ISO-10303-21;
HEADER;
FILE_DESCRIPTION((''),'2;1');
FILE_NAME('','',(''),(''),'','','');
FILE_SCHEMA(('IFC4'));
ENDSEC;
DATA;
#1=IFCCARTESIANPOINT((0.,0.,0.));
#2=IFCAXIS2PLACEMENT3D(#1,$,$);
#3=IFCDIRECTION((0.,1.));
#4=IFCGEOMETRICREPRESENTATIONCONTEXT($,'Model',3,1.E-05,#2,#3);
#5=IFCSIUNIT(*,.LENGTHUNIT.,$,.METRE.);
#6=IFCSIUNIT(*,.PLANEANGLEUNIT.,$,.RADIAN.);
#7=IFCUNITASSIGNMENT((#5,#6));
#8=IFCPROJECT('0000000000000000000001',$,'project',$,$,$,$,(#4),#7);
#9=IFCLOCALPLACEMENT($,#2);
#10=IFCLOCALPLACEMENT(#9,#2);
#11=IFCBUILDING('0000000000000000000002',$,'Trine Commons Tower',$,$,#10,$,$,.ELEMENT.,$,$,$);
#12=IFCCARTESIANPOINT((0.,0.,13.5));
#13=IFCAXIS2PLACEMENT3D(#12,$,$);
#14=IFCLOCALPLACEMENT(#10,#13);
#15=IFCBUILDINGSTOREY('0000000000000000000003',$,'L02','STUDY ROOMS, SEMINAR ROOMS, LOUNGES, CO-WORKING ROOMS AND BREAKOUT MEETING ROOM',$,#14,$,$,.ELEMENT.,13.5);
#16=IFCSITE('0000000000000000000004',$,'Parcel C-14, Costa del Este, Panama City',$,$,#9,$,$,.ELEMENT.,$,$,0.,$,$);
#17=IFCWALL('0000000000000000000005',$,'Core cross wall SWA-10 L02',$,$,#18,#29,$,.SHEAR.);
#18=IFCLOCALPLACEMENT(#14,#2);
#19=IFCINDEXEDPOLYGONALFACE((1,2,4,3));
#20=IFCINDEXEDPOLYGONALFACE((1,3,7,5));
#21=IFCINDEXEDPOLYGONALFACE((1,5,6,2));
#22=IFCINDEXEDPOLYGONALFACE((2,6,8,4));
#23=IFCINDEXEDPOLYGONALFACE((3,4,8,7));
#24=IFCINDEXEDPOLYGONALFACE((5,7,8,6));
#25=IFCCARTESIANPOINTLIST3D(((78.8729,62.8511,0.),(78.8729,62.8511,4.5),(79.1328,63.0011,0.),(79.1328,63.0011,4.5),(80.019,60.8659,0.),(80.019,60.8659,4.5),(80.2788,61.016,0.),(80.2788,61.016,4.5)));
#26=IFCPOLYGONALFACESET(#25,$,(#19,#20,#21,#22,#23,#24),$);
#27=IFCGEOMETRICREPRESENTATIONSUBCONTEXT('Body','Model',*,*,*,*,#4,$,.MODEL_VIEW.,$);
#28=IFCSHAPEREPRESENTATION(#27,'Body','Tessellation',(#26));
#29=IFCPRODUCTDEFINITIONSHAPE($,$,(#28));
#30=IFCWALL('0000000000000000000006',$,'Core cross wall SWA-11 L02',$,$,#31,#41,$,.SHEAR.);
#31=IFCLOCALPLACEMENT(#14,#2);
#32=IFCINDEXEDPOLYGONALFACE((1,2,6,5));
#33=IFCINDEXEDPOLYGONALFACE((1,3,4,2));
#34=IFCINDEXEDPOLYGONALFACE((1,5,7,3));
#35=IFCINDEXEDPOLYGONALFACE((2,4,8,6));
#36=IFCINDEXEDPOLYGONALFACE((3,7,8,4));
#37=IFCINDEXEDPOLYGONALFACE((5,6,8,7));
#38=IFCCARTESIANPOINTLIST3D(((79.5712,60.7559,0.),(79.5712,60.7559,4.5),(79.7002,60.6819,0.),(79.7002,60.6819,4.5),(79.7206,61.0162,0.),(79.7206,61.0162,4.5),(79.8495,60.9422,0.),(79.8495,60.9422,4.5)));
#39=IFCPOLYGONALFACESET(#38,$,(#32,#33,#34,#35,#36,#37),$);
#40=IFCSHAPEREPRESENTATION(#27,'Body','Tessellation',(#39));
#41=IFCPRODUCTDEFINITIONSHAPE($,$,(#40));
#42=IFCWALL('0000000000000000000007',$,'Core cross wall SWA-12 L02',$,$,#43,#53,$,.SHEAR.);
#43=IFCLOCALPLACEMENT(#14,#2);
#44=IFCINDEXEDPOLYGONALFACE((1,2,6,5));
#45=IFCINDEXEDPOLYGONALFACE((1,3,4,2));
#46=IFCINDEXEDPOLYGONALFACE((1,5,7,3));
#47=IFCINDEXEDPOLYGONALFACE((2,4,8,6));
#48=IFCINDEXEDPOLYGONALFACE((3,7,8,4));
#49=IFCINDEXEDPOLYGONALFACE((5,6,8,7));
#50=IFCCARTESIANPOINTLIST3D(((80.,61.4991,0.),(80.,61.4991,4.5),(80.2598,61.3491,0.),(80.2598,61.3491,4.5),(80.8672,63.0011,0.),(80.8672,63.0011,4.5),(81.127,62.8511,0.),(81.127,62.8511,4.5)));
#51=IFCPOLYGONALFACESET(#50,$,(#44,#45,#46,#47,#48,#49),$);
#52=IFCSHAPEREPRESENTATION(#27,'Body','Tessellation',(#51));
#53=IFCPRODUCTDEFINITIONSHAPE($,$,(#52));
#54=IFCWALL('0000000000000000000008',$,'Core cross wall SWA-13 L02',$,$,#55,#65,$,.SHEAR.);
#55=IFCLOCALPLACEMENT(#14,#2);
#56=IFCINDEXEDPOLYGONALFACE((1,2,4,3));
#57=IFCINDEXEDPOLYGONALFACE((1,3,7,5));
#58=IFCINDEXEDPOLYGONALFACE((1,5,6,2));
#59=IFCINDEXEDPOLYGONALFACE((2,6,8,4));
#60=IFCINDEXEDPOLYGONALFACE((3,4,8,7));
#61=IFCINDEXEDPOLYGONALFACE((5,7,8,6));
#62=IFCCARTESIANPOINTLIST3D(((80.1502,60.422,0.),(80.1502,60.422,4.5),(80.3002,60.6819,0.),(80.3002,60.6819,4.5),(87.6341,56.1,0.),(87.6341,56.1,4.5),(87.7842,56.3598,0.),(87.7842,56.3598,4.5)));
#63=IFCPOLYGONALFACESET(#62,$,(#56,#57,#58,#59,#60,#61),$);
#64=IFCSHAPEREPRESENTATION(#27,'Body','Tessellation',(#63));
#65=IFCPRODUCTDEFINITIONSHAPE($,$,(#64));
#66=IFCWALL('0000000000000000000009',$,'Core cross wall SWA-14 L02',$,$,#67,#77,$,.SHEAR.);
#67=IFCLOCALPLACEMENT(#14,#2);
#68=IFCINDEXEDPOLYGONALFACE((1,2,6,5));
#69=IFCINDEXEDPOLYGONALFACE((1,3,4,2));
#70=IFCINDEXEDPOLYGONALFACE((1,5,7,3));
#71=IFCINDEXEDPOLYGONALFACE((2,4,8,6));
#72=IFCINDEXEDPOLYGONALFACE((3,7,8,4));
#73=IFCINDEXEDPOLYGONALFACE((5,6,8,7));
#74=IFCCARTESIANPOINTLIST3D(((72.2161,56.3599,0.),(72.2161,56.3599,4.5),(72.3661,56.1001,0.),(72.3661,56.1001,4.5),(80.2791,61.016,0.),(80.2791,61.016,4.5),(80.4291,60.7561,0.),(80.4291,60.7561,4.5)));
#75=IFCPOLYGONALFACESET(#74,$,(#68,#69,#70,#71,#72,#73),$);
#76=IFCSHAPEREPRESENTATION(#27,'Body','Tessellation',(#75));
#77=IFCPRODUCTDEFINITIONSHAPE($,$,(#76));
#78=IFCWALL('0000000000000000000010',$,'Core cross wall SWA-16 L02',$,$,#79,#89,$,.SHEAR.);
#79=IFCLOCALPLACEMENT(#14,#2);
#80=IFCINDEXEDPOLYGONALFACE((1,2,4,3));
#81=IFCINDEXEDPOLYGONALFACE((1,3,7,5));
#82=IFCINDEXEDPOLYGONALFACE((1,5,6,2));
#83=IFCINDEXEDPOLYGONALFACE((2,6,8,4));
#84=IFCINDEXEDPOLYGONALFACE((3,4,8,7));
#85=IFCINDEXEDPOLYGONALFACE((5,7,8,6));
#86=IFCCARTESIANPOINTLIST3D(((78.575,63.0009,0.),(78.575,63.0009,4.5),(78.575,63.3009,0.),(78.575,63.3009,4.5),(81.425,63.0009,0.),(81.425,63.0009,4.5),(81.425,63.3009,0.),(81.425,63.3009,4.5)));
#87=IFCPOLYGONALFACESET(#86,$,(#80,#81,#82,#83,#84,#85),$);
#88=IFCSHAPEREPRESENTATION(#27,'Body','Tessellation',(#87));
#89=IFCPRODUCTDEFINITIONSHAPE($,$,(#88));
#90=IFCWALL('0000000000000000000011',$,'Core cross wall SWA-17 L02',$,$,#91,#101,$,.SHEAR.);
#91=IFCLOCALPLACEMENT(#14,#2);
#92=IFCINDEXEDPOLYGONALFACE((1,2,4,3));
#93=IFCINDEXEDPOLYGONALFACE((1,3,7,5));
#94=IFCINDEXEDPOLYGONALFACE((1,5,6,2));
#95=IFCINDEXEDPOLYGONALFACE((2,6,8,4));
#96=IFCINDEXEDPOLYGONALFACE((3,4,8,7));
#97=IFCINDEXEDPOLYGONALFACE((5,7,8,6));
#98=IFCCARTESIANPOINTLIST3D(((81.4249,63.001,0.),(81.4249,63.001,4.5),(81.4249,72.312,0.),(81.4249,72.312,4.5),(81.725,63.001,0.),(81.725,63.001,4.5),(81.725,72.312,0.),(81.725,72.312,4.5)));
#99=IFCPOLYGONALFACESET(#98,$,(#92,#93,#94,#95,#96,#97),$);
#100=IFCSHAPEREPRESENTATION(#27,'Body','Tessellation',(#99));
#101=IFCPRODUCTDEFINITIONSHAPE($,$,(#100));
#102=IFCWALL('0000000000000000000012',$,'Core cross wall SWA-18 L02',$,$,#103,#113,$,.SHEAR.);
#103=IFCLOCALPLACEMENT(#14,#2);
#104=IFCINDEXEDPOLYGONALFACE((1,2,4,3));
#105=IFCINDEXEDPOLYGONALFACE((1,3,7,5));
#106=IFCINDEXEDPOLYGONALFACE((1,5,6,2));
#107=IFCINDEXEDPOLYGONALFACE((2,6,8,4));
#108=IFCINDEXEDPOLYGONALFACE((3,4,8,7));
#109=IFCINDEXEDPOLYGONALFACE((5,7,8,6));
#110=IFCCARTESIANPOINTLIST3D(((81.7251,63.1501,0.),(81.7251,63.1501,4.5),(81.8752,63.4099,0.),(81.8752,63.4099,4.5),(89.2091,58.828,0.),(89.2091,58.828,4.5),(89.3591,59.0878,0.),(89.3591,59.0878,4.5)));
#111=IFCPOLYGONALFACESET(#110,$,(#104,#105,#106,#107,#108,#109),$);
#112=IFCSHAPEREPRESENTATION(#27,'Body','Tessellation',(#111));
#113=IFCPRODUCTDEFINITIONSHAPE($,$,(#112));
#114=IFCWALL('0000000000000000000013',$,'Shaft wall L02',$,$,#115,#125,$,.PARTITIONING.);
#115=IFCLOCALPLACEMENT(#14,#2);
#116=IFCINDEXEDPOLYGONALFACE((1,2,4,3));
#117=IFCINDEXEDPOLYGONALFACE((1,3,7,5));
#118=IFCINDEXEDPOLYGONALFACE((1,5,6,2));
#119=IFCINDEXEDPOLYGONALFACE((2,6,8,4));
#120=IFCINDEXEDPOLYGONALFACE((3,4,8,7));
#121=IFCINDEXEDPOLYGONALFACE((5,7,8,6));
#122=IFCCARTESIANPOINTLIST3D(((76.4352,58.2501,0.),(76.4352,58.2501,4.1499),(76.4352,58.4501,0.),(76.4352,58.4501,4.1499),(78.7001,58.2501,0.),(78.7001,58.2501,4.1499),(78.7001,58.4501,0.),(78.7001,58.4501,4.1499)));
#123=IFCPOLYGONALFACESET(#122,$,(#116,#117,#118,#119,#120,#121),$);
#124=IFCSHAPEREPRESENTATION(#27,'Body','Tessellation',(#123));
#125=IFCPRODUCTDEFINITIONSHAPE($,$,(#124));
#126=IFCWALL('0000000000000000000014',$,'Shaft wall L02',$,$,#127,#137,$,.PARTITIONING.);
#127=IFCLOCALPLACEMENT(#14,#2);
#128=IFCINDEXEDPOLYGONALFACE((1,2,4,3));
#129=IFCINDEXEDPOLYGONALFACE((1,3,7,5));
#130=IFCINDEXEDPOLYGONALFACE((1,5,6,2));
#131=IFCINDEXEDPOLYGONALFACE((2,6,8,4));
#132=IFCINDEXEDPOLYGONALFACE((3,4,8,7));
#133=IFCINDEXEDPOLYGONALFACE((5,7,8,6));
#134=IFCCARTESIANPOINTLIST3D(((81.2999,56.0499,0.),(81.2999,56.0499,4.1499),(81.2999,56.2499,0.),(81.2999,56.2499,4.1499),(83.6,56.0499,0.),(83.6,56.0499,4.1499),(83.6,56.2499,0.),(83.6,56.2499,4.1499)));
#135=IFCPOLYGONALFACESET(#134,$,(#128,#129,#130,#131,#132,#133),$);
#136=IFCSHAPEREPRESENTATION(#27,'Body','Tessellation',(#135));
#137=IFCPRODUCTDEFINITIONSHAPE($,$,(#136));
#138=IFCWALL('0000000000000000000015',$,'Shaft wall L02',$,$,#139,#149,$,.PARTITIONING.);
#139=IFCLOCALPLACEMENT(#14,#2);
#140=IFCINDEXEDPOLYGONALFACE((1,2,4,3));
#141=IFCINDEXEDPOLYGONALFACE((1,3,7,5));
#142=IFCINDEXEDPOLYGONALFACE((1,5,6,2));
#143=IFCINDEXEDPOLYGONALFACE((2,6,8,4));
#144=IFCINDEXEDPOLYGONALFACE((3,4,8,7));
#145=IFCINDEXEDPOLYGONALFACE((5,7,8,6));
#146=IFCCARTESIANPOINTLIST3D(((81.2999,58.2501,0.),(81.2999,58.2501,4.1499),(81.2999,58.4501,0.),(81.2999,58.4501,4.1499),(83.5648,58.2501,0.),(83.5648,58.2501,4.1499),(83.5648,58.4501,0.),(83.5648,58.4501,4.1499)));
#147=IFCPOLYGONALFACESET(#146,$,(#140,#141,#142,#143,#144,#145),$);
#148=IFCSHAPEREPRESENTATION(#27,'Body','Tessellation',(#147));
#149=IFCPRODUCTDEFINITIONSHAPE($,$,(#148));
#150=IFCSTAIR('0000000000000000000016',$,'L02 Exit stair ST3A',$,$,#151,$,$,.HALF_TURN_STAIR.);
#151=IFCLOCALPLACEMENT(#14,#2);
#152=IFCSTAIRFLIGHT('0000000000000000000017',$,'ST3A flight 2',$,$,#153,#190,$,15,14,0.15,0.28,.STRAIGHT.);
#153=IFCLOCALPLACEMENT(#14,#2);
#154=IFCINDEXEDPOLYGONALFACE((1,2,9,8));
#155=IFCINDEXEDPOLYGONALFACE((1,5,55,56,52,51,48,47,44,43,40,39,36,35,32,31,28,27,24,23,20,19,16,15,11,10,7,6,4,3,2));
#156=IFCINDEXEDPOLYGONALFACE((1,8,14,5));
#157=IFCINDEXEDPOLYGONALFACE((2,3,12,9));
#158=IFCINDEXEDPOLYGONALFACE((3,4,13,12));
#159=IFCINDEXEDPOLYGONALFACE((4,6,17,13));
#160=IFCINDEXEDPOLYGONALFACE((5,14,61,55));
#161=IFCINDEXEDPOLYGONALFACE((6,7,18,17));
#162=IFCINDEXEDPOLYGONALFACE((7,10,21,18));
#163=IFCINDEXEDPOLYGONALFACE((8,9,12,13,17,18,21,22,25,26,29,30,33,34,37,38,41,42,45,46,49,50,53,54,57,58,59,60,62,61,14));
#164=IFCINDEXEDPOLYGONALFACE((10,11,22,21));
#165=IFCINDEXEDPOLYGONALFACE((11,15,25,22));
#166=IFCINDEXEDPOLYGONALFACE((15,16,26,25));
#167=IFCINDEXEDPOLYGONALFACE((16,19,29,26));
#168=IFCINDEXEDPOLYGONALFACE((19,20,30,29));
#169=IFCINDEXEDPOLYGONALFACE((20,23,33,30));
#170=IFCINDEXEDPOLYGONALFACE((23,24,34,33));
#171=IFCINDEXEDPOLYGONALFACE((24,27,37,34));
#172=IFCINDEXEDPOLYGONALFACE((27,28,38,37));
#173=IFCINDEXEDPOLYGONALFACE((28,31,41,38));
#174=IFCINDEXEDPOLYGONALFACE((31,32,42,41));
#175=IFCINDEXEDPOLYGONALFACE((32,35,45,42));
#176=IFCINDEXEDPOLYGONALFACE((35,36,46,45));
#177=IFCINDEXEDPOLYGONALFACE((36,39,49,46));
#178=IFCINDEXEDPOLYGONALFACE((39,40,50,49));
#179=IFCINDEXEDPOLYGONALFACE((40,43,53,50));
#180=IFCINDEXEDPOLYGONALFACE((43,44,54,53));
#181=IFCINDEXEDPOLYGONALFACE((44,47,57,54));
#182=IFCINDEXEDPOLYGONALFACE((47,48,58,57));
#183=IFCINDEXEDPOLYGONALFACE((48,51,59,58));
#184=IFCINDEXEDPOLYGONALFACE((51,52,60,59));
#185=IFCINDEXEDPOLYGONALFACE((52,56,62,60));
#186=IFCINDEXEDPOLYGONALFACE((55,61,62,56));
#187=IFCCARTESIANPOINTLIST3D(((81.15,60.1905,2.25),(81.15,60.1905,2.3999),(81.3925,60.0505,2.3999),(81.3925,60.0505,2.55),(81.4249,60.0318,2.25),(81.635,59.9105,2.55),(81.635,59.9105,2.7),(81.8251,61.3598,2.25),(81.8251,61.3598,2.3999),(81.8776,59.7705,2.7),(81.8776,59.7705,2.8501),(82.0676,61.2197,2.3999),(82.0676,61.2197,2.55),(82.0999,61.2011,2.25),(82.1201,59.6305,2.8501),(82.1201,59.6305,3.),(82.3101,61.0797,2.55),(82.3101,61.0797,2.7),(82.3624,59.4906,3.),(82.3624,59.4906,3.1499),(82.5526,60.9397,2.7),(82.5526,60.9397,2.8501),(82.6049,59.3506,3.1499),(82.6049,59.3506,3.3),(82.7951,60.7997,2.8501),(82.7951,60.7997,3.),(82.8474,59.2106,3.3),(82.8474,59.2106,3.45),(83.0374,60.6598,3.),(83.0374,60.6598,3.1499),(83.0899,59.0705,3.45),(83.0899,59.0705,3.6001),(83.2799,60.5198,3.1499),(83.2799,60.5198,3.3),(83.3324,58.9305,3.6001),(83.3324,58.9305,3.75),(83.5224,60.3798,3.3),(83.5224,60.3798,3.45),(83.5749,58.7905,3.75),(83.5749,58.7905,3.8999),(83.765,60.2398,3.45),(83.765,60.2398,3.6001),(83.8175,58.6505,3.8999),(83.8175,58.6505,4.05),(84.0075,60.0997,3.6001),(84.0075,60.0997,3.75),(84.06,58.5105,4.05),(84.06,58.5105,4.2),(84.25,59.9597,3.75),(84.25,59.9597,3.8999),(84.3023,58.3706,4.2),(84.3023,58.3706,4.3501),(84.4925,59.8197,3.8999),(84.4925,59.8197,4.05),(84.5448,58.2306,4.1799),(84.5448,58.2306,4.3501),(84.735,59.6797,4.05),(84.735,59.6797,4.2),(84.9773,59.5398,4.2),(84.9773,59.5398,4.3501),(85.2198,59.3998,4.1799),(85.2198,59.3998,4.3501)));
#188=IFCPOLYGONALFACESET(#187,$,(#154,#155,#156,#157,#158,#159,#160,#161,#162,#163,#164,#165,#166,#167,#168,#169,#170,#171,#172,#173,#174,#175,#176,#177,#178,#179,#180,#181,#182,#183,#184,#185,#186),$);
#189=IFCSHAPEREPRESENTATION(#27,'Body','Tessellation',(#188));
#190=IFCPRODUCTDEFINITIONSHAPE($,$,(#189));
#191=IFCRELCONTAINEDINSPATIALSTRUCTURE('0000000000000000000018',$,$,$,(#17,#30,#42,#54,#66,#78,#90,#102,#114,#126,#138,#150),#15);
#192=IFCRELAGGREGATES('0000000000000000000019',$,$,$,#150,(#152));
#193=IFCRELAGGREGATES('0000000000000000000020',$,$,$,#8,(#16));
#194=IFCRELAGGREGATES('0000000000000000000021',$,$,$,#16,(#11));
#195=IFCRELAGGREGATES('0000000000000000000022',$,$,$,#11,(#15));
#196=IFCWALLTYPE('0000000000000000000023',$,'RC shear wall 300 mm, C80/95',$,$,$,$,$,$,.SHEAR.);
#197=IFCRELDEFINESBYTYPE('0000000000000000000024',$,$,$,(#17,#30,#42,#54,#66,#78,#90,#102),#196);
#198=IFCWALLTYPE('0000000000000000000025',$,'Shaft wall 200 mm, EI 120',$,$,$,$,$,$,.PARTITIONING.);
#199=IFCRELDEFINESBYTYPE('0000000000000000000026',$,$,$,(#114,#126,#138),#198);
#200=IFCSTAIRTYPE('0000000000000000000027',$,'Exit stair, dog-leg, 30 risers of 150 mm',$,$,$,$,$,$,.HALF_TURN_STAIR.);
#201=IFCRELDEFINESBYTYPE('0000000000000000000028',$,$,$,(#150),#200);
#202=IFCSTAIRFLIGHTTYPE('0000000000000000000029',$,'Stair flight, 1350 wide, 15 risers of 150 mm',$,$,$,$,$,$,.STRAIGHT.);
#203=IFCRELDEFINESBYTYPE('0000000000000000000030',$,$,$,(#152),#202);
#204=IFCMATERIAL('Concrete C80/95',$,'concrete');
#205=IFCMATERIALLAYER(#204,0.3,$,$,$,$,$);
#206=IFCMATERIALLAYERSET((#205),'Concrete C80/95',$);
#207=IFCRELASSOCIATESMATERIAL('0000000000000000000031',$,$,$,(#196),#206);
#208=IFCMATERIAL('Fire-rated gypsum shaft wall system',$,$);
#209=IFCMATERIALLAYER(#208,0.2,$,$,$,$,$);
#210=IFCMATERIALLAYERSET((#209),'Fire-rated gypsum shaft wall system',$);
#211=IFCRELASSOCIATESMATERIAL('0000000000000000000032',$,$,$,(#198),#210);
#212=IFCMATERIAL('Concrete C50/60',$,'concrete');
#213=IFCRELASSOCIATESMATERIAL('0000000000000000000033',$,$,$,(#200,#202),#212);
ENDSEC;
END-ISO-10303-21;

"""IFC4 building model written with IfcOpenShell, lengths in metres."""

from ifc_helpers import new_model, si_unit, direction, frame, frame_2d, origin, place, context, subcontext, project, spatial, polyline, rectangle, outline, extrude, material, layer, layer_set, type_object, element, aggregate, save


model = new_model("IFC4")

# Units and contexts
model_context = context("Model", 3, precision=1e-05, world=origin(), true_north=direction((0.0, 1.0)))
body_context = subcontext(model_context, "Body", "Model", "MODEL_VIEW")
ifc_project = project(units=[si_unit("LENGTHUNIT", "METRE"), si_unit("PLANEANGLEUNIT", "RADIAN")], contexts=[model_context])

# Site, building, storey
site_placement = place(None, origin())
site = spatial("IfcSite", under=ifc_project, at=site_placement, Name="Parcel C-14, Costa del Este, Panama City", CompositionType="ELEMENT", RefElevation=0.0)
building_placement = place(site_placement, origin())
building = spatial("IfcBuilding", under=site, at=building_placement, Name="Trine Commons Tower", CompositionType="ELEMENT")
storey_placement = place(building_placement, frame((0.0, 0.0, 13.5)))
storey = spatial("IfcBuildingStorey", under=building, at=storey_placement, Name="L02", Description="STUDY ROOMS, SEMINAR ROOMS, LOUNGES, CO-WORKING ROOMS AND BREAKOUT MEETING ROOM", CompositionType="ELEMENT", Elevation=13.5)

# Shared definitions
ifc_material_1 = material(Name="Fire-rated gypsum shaft wall system")

# Shared definitions
ifc_material_2 = material(Name="Concrete C80/95", Category="concrete")
ifc_layer_1 = layer(ifc_material_2, 0.3)
ifc_layer_set_1 = layer_set([ifc_layer_1], Name="Concrete C80/95")
wall_type_1 = type_object("IfcWallType", Name="RC shear wall 300 mm, C80/95", PredefinedType="SHEAR", material=ifc_layer_set_1)

# Walls
wall_1_placement = place(storey_placement, frame((79.0029, 62.926, 0.0), z_axis=(0.0, 0.0, 1.0), x_axis=(0.499965, -0.866045, 0.0)))
element("IfcWall", 1, at=wall_1_placement, inside=storey, type_object=wall_type_1, Name="Core cross wall SWA-10 L02", PredefinedType="SHEAR", context=body_context, shape_type="SweptSolid", body=[
    extrude(rectangle(XDim=2.2922, YDim=0.3, at=frame_2d((1.146, 0.0))), origin(), (0.0, 0.0, 1.0), 4.5),
])
wall_2_placement = place(storey_placement, frame((79.646, 60.886, 0.0), z_axis=(0.0, 0.0, 1.0), x_axis=(0.867332, -0.49773, 0.0)))
element("IfcWall", 2, at=wall_2_placement, inside=storey, type_object=wall_type_1, Name="Core cross wall SWA-11 L02", PredefinedType="SHEAR", context=body_context, shape_type="SweptSolid", body=[
    extrude(rectangle(XDim=0.1487, YDim=0.3, at=frame_2d((0.0742, 0.0))), origin(), (0.0, 0.0, 1.0), 4.5),
])
wall_3_placement = place(storey_placement, frame((80.1299, 61.4241, 0.0), z_axis=(0.0, 0.0, 1.0), x_axis=(0.500015, 0.866017, 0.0)))
element("IfcWall", 3, at=wall_3_placement, inside=storey, type_object=wall_type_1, Name="Core cross wall SWA-12 L02", PredefinedType="SHEAR", context=body_context, shape_type="SweptSolid", body=[
    extrude(rectangle(XDim=1.7344, YDim=0.3, at=frame_2d((0.8672, 0.0))), origin(), (0.0, 0.0, 1.0), 4.5),
])
wall_4_placement = place(storey_placement, frame((80.2251, 60.552, 0.0), z_axis=(0.0, 0.0, 1.0), x_axis=(0.865965, -0.500104, 0.0)))
element("IfcWall", 4, at=wall_4_placement, inside=storey, type_object=wall_type_1, Name="Core cross wall SWA-13 L02", PredefinedType="SHEAR", context=body_context, shape_type="SweptSolid", body=[
    extrude(rectangle(XDim=8.6423, YDim=0.3, at=frame_2d((4.3213, 0.0))), origin(), (0.0, 0.0, 1.0), 4.5),
])
wall_5_placement = place(storey_placement, frame((80.354, 60.886, 0.0), z_axis=(0.0, 0.0, 1.0), x_axis=(-0.865986, -0.500067, 0.0)))
element("IfcWall", 5, at=wall_5_placement, inside=storey, type_object=wall_type_1, Name="Core cross wall SWA-14 L02", PredefinedType="SHEAR", context=body_context, shape_type="SweptSolid", body=[
    extrude(rectangle(XDim=9.3108, YDim=0.3, at=frame_2d((4.6553, 0.0))), origin(), (0.0, 0.0, 1.0), 4.5),
])
wall_6_placement = place(storey_placement, frame((81.425, 63.1509, 0.0), z_axis=(0.0, 0.0, 1.0), x_axis=(-1.0, 0.0, 0.0)))
element("IfcWall", 6, at=wall_6_placement, inside=storey, type_object=wall_type_1, Name="Core cross wall SWA-16 L02", PredefinedType="SHEAR", context=body_context, shape_type="SweptSolid", body=[
    extrude(rectangle(XDim=2.8501, YDim=0.3, at=frame_2d((1.425, 0.0))), origin(), (0.0, 0.0, 1.0), 4.5),
])
wall_7_placement = place(storey_placement, frame((81.575, 63.001, 0.0), z_axis=(0.0, 0.0, 1.0), x_axis=(0.0, 1.0, 0.0)))
element("IfcWall", 7, at=wall_7_placement, inside=storey, type_object=wall_type_1, Name="Core cross wall SWA-17 L02", PredefinedType="SHEAR", context=body_context, shape_type="SweptSolid", body=[
    extrude(rectangle(XDim=9.311, YDim=0.3, at=frame_2d((4.6555, 0.0))), origin(), (0.0, 0.0, 1.0), 4.5),
])
wall_8_placement = place(storey_placement, frame((81.8, 63.28, 0.0), z_axis=(0.0, 0.0, 1.0), x_axis=(0.865965, -0.500104, 0.0)))
element("IfcWall", 8, at=wall_8_placement, inside=storey, type_object=wall_type_1, Name="Core cross wall SWA-18 L02", PredefinedType="SHEAR", context=body_context, shape_type="SweptSolid", body=[
    extrude(rectangle(XDim=8.6423, YDim=0.3, at=frame_2d((4.3213, 0.0))), origin(), (0.0, 0.0, 1.0), 4.5),
])
ifc_layer_2 = layer(ifc_material_1, 0.2)
ifc_layer_set_2 = layer_set([ifc_layer_2], Name="Fire-rated gypsum shaft wall system")
wall_type_2 = type_object("IfcWallType", Name="Shaft wall 200 mm, EI 120", PredefinedType="PARTITIONING", material=ifc_layer_set_2)
wall_9_placement = place(storey_placement, frame((78.7, 58.3501, 0.0), z_axis=(0.0, 0.0, 1.0), x_axis=(-1.0, 0.0, 0.0)))
element("IfcWall", 9, at=wall_9_placement, inside=storey, type_object=wall_type_2, Name="Shaft wall L02", PredefinedType="PARTITIONING", context=body_context, shape_type="SweptSolid", body=[
    extrude(rectangle(XDim=2.2649, YDim=0.2, at=frame_2d((1.1323, 0.0))), origin(), (0.0, 0.0, 1.0), 4.1499),
])
wall_10_placement = place(storey_placement, frame((81.3, 56.1499, 0.0), z_axis=(0.0, 0.0, 1.0), x_axis=(1.0, 0.0, 0.0)))
element("IfcWall", 10, at=wall_10_placement, inside=storey, type_object=wall_type_2, Name="Shaft wall L02", PredefinedType="PARTITIONING", context=body_context, shape_type="SweptSolid", body=[
    extrude(rectangle(XDim=2.3, YDim=0.2, at=frame_2d((1.1499, 0.0))), origin(), (0.0, 0.0, 1.0), 4.1499),
])
wall_11_placement = place(storey_placement, frame((81.3, 58.3501, 0.0), z_axis=(0.0, 0.0, 1.0), x_axis=(1.0, 0.0, 0.0)))
element("IfcWall", 11, at=wall_11_placement, inside=storey, type_object=wall_type_2, Name="Shaft wall L02", PredefinedType="PARTITIONING", context=body_context, shape_type="SweptSolid", body=[
    extrude(rectangle(XDim=2.2649, YDim=0.2, at=frame_2d((1.1323, 0.0))), origin(), (0.0, 0.0, 1.0), 4.1499),
])

# Stair, stair flight
ifc_material_3 = material(Name="Concrete C50/60", Category="concrete")
stair_type = type_object("IfcStairType", Name="Exit stair, dog-leg, 30 risers of 150 mm", PredefinedType="HALF_TURN_STAIR", material=ifc_material_3)
stair_placement = place(storey_placement, origin())
stair = element("IfcStair", 12, at=stair_placement, inside=storey, type_object=stair_type, Name="L02 Exit stair ST3A", PredefinedType="HALF_TURN_STAIR")
stair_flight_type = type_object("IfcStairFlightType", Name="Stair flight, 1350 wide, 15 risers of 150 mm", PredefinedType="STRAIGHT", material=ifc_material_3)
stair_flight_placement = place(storey_placement, frame((81.4875, 60.7751, 2.25), z_axis=(0.0, 0.0, 1.0), x_axis=(0.866025, -0.5, 0.0)))
stair_flight = element("IfcStairFlight", 13, at=stair_flight_placement, type_object=stair_flight_type, Name="ST3A flight 2", NumberOfRisers=15, NumberOfTreads=14, PredefinedType="STRAIGHT", RiserHeight=0.15, TreadLength=0.28, context=body_context, shape_type="SweptSolid", body=[
    extrude(outline(polyline([(0.0, 0.0), (0.0, 0.1499), (0.28, 0.1499), (0.28, 0.3), (0.5601, 0.3), (0.5601, 0.45), (0.8401, 0.45), (0.8401, 0.6001), (1.1201, 0.6001), (1.1201, 0.75), (1.3999, 0.75), (1.3999, 0.8999), (1.6799, 0.8999), (1.6799, 1.05), (1.96, 1.05), (1.96, 1.2), (2.24, 1.2), (2.24, 1.3501), (2.52, 1.3501), (2.52, 1.5), (2.8, 1.5), (2.8, 1.6499), (3.0801, 1.6499), (3.0801, 1.8), (3.3601, 1.8), (3.3601, 1.95), (3.6399, 1.95), (3.6399, 2.1001), (3.9199, 2.1001), (3.9199, 2.25), (3.9199, 1.9299), (0.3174, 0.0), (0.0, 0.0)])), frame((0.0, 0.675, 0.0), z_axis=(0.0, -1.0, 0.0), x_axis=(1.0, 0.0, 0.0)), (0.0, 0.0, 1.0), 1.3501),
])
aggregate(stair, [stair_flight])

save(model, "model.ifc")
